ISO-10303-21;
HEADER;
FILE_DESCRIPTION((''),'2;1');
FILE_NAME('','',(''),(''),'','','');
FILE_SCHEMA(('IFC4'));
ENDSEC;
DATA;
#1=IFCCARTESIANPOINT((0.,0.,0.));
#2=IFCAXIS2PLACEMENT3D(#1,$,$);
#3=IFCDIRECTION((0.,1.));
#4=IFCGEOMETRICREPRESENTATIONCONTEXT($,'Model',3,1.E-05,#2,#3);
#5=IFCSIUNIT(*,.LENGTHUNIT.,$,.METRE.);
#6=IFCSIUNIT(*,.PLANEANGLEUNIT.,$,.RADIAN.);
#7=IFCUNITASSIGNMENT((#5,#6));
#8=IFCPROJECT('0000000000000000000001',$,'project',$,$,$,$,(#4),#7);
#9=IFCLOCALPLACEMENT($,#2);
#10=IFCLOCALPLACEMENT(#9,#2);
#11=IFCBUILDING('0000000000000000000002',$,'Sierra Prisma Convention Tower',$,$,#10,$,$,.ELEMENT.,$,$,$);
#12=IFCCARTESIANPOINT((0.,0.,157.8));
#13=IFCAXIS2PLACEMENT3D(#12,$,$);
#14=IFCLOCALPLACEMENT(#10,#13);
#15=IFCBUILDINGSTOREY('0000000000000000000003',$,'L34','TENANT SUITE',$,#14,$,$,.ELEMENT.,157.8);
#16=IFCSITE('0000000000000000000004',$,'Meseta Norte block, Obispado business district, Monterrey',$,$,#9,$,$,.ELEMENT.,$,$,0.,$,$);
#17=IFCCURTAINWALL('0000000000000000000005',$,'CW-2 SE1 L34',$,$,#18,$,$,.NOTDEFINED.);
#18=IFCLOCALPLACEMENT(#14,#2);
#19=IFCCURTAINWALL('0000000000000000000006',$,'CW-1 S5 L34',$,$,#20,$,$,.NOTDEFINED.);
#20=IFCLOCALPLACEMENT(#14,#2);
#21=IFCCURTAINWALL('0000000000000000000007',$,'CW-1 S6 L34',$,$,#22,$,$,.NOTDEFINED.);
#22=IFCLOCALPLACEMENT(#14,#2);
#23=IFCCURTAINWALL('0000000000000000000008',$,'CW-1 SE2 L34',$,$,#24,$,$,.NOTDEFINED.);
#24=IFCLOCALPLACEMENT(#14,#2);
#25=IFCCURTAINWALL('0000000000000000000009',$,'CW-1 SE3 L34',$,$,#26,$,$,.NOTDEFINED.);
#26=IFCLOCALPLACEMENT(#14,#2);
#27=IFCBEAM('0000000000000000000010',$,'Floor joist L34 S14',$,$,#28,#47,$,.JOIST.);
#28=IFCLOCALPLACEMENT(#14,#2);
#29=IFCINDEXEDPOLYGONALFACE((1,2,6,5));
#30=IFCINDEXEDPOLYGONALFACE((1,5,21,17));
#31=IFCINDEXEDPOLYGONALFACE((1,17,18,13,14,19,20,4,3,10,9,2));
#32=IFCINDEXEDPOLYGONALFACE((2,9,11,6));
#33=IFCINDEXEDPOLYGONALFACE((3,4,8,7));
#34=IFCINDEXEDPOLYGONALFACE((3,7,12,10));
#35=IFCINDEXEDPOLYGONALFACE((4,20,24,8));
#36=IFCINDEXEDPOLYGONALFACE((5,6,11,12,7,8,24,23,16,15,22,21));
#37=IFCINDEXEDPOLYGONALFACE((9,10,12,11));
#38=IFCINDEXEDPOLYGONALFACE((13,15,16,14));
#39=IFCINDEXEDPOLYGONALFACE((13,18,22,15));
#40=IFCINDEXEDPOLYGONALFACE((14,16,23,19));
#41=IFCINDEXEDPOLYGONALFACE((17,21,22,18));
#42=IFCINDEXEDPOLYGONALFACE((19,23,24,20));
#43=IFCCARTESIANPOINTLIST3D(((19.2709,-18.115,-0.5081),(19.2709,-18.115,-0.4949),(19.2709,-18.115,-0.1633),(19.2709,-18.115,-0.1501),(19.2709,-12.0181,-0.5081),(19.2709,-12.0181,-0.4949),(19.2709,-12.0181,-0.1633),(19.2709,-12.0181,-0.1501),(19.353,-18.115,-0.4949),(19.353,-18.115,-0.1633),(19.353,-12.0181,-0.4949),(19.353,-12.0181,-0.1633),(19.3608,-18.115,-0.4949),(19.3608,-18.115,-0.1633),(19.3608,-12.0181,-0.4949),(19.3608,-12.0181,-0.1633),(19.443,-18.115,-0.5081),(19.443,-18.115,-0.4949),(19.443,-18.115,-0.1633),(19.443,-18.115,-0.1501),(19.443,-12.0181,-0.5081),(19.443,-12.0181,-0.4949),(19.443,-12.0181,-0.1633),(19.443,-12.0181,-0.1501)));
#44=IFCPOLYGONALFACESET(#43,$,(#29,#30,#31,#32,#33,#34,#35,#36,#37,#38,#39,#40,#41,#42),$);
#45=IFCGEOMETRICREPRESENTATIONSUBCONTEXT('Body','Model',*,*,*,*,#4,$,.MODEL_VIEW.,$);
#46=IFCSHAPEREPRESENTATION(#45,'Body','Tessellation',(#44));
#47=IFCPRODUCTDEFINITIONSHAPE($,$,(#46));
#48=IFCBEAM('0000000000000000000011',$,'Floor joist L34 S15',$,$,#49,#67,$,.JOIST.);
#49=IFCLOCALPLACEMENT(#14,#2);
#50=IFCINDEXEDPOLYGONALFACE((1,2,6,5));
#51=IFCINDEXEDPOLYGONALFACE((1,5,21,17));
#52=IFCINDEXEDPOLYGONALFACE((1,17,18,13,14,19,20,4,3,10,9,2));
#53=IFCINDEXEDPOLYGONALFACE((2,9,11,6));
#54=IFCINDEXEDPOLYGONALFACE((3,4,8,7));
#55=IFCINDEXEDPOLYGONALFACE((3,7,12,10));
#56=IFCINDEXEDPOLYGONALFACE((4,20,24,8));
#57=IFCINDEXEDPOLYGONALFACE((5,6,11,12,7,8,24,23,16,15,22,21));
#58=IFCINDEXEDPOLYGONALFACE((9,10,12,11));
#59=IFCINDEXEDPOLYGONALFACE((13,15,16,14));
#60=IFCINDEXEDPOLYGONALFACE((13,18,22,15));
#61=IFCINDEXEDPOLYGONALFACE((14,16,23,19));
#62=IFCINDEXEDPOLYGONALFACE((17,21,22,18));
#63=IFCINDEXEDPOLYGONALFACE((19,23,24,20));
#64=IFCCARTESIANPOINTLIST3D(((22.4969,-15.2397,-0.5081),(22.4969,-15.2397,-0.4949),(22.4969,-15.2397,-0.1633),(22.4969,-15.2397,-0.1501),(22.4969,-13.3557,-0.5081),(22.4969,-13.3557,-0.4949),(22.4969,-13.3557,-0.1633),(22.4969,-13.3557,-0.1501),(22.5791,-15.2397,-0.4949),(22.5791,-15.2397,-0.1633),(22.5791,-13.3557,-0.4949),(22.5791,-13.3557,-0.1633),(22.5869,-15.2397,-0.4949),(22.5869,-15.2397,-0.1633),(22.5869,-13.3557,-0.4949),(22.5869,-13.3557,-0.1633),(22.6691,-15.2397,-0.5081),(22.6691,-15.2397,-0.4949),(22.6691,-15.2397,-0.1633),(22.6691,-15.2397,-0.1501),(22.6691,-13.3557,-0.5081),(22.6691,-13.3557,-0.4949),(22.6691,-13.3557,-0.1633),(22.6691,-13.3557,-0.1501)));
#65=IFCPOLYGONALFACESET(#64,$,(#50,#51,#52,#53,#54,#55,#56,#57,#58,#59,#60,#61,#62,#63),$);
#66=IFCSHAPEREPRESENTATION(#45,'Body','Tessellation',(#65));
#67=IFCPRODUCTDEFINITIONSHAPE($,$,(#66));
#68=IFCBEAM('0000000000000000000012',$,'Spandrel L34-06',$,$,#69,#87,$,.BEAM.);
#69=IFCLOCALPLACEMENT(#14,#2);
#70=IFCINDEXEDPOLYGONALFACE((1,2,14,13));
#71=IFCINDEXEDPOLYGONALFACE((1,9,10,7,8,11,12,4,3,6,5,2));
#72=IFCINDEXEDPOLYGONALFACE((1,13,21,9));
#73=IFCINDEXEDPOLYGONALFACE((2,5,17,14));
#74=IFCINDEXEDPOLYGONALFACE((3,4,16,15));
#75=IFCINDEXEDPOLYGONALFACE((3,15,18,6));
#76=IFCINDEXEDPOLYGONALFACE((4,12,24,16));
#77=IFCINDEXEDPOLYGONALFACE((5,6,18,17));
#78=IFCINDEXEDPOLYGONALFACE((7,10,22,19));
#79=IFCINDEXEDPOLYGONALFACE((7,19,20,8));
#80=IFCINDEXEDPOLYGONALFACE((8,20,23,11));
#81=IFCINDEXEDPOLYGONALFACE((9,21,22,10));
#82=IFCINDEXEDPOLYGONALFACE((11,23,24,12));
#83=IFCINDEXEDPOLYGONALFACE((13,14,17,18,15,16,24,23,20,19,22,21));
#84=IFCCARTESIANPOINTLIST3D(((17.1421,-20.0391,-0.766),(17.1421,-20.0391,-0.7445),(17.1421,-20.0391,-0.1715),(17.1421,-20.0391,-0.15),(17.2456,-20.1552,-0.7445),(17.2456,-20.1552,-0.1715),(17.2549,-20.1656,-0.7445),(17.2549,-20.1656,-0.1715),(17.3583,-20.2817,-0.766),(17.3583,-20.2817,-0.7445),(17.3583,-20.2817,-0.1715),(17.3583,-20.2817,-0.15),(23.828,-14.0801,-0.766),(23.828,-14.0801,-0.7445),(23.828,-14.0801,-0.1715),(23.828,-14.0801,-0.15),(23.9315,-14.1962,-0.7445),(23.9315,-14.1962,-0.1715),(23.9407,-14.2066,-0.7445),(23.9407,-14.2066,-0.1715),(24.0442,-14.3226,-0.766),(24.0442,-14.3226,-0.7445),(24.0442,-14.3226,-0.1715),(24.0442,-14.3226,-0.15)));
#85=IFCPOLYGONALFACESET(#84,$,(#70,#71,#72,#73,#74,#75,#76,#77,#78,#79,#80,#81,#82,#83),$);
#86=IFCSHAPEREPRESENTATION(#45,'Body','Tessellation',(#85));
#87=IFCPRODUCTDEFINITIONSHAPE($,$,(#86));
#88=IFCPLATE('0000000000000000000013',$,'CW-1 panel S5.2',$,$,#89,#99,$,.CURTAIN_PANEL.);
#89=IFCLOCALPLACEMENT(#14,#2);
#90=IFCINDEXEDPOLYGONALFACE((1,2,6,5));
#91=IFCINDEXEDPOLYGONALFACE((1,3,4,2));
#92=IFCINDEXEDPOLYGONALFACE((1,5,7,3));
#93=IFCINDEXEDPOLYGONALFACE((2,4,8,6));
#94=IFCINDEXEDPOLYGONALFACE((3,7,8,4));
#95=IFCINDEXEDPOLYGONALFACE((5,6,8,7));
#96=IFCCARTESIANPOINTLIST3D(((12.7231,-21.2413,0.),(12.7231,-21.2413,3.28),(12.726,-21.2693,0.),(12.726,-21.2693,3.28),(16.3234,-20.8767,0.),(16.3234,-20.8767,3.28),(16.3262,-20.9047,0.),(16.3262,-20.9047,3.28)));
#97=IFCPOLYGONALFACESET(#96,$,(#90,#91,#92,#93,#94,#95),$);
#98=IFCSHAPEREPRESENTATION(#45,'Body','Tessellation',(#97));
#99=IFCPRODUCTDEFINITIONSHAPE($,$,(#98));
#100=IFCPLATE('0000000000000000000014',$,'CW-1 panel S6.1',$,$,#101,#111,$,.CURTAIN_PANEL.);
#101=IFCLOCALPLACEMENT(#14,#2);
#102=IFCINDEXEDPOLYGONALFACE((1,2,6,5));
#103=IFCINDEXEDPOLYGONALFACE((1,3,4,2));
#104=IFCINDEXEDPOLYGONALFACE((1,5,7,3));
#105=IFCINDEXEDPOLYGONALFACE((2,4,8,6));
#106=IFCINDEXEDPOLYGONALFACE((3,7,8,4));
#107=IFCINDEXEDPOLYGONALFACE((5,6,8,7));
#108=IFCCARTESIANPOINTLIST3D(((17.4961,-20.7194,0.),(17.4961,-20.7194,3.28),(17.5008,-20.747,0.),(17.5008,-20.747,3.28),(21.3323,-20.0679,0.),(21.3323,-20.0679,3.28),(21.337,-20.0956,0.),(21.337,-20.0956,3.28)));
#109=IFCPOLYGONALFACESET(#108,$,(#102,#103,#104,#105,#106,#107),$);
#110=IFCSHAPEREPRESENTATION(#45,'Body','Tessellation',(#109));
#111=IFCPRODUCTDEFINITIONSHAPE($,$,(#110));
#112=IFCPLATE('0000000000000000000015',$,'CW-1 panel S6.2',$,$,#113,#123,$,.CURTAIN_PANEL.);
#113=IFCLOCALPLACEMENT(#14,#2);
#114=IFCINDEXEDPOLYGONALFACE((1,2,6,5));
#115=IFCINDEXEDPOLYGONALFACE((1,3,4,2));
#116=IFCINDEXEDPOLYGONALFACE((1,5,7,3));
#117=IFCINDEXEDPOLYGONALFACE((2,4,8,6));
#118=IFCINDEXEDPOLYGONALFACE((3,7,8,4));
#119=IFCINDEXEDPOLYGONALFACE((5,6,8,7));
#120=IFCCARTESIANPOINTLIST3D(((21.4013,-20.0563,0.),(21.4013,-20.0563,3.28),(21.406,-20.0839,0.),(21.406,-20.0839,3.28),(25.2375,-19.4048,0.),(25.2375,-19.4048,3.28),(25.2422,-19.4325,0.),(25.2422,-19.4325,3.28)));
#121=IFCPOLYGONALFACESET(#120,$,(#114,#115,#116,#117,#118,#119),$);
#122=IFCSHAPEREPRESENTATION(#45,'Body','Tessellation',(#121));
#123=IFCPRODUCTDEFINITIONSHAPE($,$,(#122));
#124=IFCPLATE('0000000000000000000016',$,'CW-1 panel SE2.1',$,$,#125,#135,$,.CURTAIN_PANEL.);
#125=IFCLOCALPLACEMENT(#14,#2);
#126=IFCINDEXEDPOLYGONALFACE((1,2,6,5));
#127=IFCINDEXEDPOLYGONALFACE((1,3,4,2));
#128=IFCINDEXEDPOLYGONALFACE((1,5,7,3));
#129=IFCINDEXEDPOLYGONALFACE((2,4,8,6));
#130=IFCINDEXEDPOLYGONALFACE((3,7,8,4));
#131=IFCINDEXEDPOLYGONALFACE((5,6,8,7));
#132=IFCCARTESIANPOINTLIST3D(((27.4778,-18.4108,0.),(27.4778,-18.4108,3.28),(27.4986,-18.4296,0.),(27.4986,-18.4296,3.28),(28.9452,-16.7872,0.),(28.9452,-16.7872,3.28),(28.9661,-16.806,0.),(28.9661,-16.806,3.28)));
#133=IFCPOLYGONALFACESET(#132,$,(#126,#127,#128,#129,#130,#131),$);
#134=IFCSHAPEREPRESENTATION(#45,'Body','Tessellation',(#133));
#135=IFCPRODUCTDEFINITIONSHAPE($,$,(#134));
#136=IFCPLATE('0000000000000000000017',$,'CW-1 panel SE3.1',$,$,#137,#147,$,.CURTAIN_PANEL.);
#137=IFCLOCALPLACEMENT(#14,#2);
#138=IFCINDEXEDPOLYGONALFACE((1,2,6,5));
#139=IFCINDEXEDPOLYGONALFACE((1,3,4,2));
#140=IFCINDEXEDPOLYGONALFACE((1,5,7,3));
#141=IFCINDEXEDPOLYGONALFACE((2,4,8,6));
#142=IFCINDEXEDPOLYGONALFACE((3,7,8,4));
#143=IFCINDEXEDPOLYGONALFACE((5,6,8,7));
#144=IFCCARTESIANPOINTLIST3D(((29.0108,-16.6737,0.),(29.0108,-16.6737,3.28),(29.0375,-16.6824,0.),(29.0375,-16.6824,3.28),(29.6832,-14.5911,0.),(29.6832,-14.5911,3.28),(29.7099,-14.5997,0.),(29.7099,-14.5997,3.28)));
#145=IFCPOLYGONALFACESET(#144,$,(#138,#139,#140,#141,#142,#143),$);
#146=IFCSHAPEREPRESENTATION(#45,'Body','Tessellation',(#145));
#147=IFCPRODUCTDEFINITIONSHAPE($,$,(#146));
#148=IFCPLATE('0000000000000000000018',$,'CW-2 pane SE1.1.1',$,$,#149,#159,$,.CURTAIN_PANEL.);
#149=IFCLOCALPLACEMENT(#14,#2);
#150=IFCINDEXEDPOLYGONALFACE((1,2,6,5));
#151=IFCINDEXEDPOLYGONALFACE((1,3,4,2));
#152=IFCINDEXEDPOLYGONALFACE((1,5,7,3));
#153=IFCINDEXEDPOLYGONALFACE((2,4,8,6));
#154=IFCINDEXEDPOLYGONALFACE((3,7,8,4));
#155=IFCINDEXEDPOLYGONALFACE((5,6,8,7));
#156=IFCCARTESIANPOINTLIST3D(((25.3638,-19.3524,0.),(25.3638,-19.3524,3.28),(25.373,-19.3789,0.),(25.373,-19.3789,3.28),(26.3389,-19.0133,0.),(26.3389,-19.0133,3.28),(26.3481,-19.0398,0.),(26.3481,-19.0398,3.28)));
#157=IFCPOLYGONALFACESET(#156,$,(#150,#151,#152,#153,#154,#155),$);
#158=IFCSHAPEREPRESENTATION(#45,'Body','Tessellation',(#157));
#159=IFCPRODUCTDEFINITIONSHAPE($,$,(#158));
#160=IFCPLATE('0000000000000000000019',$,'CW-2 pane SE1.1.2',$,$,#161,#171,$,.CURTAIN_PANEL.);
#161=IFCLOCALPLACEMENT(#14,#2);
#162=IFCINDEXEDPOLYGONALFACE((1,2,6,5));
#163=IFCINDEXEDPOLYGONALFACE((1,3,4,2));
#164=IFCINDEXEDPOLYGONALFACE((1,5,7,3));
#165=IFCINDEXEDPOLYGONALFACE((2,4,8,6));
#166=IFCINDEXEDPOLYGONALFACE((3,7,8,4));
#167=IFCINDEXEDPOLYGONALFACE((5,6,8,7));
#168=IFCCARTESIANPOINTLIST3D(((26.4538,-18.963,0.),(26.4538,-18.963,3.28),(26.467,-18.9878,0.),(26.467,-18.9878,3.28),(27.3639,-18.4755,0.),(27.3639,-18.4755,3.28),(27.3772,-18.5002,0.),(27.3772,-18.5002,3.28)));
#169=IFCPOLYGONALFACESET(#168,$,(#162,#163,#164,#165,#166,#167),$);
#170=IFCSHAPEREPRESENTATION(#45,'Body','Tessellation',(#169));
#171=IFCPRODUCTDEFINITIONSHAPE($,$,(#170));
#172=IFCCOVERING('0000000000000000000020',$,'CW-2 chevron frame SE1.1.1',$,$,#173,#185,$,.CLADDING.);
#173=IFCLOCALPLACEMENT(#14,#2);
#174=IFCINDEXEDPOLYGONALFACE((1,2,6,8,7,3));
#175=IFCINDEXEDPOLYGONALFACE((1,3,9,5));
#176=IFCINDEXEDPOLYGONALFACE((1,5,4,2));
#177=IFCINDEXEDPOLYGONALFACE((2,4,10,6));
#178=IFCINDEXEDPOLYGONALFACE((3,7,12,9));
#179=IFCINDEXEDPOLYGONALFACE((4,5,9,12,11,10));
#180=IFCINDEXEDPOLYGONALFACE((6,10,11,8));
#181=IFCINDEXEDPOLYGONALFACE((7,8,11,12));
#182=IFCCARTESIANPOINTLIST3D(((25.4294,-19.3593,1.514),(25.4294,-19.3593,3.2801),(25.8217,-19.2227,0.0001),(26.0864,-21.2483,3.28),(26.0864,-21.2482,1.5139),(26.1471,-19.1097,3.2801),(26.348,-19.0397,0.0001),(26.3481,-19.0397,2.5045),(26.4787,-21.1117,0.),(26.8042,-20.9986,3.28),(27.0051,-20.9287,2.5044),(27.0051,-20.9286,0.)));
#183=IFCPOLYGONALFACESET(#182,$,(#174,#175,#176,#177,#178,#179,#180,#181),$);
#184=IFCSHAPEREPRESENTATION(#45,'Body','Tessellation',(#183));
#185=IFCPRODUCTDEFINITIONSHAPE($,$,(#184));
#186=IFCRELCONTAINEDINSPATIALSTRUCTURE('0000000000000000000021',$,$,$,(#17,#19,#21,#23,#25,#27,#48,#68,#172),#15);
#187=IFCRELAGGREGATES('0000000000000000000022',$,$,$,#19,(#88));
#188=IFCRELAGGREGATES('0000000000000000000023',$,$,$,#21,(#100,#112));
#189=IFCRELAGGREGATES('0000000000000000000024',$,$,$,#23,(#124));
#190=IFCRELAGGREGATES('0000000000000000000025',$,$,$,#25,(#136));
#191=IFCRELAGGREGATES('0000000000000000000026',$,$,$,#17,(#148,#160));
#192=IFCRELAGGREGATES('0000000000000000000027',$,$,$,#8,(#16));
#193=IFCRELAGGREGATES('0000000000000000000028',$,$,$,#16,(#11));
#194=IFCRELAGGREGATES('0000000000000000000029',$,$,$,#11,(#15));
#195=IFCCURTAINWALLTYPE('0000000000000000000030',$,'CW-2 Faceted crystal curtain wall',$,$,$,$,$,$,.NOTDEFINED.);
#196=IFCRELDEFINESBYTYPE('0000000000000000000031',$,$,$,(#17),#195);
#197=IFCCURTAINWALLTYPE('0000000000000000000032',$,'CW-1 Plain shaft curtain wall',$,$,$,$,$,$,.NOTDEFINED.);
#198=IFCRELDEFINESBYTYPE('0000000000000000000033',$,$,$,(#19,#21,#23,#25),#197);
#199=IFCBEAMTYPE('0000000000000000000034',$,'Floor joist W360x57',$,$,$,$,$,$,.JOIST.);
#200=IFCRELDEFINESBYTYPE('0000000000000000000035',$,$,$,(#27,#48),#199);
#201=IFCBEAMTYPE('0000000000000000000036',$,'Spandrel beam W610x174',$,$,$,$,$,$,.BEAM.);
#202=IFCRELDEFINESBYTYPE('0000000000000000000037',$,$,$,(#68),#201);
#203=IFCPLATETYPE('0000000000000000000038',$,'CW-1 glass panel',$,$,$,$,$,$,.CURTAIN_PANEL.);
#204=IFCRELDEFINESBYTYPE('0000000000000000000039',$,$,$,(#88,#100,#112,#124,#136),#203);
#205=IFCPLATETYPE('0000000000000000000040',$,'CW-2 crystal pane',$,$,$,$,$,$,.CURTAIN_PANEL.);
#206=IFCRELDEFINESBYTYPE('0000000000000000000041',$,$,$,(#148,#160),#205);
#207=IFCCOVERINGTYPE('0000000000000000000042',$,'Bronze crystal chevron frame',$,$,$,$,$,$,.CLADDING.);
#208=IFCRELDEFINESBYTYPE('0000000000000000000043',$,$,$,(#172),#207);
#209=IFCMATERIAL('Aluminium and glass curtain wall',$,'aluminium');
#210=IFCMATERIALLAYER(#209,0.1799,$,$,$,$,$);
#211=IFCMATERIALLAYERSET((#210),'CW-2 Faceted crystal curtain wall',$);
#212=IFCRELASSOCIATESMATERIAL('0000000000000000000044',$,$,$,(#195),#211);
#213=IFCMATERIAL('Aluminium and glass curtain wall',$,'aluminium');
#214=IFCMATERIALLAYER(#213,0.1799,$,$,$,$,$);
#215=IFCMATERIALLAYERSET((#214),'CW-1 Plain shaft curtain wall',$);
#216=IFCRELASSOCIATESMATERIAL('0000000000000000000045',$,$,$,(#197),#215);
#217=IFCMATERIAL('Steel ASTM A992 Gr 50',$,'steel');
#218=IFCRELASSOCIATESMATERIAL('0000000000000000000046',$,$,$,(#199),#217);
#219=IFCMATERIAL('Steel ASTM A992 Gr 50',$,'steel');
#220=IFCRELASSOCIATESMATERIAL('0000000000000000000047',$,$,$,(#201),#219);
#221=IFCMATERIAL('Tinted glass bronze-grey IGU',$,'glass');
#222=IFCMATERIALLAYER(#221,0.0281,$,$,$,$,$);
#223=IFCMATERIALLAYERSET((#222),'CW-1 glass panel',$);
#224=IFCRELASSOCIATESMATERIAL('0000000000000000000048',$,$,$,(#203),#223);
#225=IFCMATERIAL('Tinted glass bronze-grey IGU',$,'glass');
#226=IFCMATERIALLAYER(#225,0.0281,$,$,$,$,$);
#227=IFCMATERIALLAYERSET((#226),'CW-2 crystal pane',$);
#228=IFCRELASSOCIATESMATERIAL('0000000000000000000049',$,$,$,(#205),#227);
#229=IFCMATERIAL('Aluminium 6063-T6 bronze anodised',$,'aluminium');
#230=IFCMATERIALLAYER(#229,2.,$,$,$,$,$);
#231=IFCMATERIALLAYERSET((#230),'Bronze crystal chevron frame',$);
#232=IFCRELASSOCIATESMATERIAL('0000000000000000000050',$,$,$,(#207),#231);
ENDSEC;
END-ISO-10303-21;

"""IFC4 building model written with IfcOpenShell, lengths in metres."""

from ifc_helpers import new_model, si_unit, direction, frame, origin, origin_2d, place, context, subcontext, project, spatial, polyline, rectangle, i_section, outline, extrude, material, layer, layer_set, material_profile, profile_set, type_object, element, aggregate, save


model = new_model("IFC4")

# Units and contexts
model_context = context("Model", 3, precision=1e-05, world=origin(), true_north=direction((0.0, 1.0)))
body_context = subcontext(model_context, "Body", "Model", "MODEL_VIEW")
ifc_project = project(units=[si_unit("LENGTHUNIT", "METRE"), si_unit("PLANEANGLEUNIT", "RADIAN")], contexts=[model_context])

# Site, building, storey
site_placement = place(None, origin())
site = spatial("IfcSite", under=ifc_project, at=site_placement, Name="Meseta Norte block, Obispado business district, Monterrey", CompositionType="ELEMENT", RefElevation=0.0)
building_placement = place(site_placement, origin())
building = spatial("IfcBuilding", under=site, at=building_placement, Name="Sierra Prisma Convention Tower", CompositionType="ELEMENT")
storey_placement = place(building_placement, frame((0.0, 0.0, 157.8)))
storey = spatial("IfcBuildingStorey", under=building, at=storey_placement, Name="L34", Description="TENANT SUITE", CompositionType="ELEMENT", Elevation=157.8)

# Curtain walls
ifc_material_1 = material(Name="Aluminium and glass curtain wall", Category="aluminium")
ifc_layer_1 = layer(ifc_material_1, 0.1799)
ifc_layer_set_1 = layer_set([ifc_layer_1], Name="CW-2 Faceted crystal curtain wall")
curtain_wall_type_1 = type_object("IfcCurtainWallType", Name="CW-2 Faceted crystal curtain wall", PredefinedType="NOTDEFINED", material=ifc_layer_set_1)
curtain_wall_1_placement = place(storey_placement, origin())
curtain_wall_1 = element("IfcCurtainWall", 1, at=curtain_wall_1_placement, inside=storey, type_object=curtain_wall_type_1, Name="CW-2 SE1 L34", PredefinedType="NOTDEFINED")
ifc_material_2 = material(Name="Aluminium and glass curtain wall", Category="aluminium")
ifc_layer_2 = layer(ifc_material_2, 0.1799)
ifc_layer_set_2 = layer_set([ifc_layer_2], Name="CW-1 Plain shaft curtain wall")
curtain_wall_type_2 = type_object("IfcCurtainWallType", Name="CW-1 Plain shaft curtain wall", PredefinedType="NOTDEFINED", material=ifc_layer_set_2)
curtain_wall_2_placement = place(storey_placement, origin())
curtain_wall_2 = element("IfcCurtainWall", 2, at=curtain_wall_2_placement, inside=storey, type_object=curtain_wall_type_2, Name="CW-1 S5 L34", PredefinedType="NOTDEFINED")
curtain_wall_3_placement = place(storey_placement, origin())
curtain_wall_3 = element("IfcCurtainWall", 3, at=curtain_wall_3_placement, inside=storey, type_object=curtain_wall_type_2, Name="CW-1 S6 L34", PredefinedType="NOTDEFINED")

# Curtain walls
curtain_wall_4_placement = place(storey_placement, origin())
curtain_wall_4 = element("IfcCurtainWall", 4, at=curtain_wall_4_placement, inside=storey, type_object=curtain_wall_type_2, Name="CW-1 SE2 L34", PredefinedType="NOTDEFINED")
curtain_wall_5_placement = place(storey_placement, origin())
curtain_wall_5 = element("IfcCurtainWall", 5, at=curtain_wall_5_placement, inside=storey, type_object=curtain_wall_type_2, Name="CW-1 SE3 L34", PredefinedType="NOTDEFINED")

# Beams
ifc_material_3 = material(Name="Steel ASTM A992 Gr 50", Category="steel")
ifc_material_profile_1 = material_profile(ifc_material_3, i_section(OverallWidth=0.1721, OverallDepth=0.3579, WebThickness=0.0078, FlangeThickness=0.0132, at=origin_2d()), Name="W360x57")
ifc_profile_set_1 = profile_set([ifc_material_profile_1], Name="Steel ASTM A992 Gr 50")
beam_type_1 = type_object("IfcBeamType", Name="Floor joist W360x57", PredefinedType="JOIST", material=ifc_profile_set_1)
beam_1_placement = place(storey_placement, frame((19.3569, -18.115, -0.3291), z_axis=(0.0, 1.0, 0.0), x_axis=(-1.0, 0.0, 0.0)))
element("IfcBeam", 6, at=beam_1_placement, inside=storey, type_object=beam_type_1, Name="Floor joist L34 S14", PredefinedType="JOIST", context=body_context, shape_type="SweptSolid", body=[
    extrude(i_section(OverallWidth=0.1721, OverallDepth=0.3579, WebThickness=0.0078, FlangeThickness=0.0132, at=origin_2d()), origin(), (0.0, 0.0, 1.0), 6.0969),
])
beam_2_placement = place(storey_placement, frame((22.583, -15.2397, -0.3291), z_axis=(0.0, 1.0, 0.0), x_axis=(-1.0, 0.0, 0.0)))
element("IfcBeam", 7, at=beam_2_placement, inside=storey, type_object=beam_type_1, Name="Floor joist L34 S15", PredefinedType="JOIST", context=body_context, shape_type="SweptSolid", body=[
    extrude(i_section(OverallWidth=0.1721, OverallDepth=0.3579, WebThickness=0.0078, FlangeThickness=0.0132, at=origin_2d()), origin(), (0.0, 0.0, 1.0), 1.884),
])
ifc_material_4 = material(Name="Steel ASTM A992 Gr 50", Category="steel")
ifc_material_profile_2 = material_profile(ifc_material_4, i_section(OverallWidth=0.325, OverallDepth=0.616, WebThickness=0.0139, FlangeThickness=0.0215, at=origin_2d()), Name="W610x174")
ifc_profile_set_2 = profile_set([ifc_material_profile_2], Name="Steel ASTM A992 Gr 50")
beam_type_2 = type_object("IfcBeamType", Name="Spandrel beam W610x174", PredefinedType="BEAM", material=ifc_profile_set_2)
beam_3_placement = place(storey_placement, frame((17.2502, -20.1604, -0.458), z_axis=(0.746518, 0.665365, 0.0), x_axis=(-0.665365, 0.746518, 0.0)))
element("IfcBeam", 8, at=beam_3_placement, inside=storey, type_object=beam_type_2, Name="Spandrel L34-06", PredefinedType="BEAM", context=body_context, shape_type="SweptSolid", body=[
    extrude(i_section(OverallWidth=0.325, OverallDepth=0.616, WebThickness=0.0139, FlangeThickness=0.0215, at=origin_2d()), origin(), (0.0, 0.0, 1.0), 8.9561),
])

# Plates
ifc_material_5 = material(Name="Tinted glass bronze-grey IGU", Category="glass")
ifc_layer_3 = layer(ifc_material_5, 0.0281)
ifc_layer_set_3 = layer_set([ifc_layer_3], Name="CW-1 glass panel")
plate_type_1 = type_object("IfcPlateType", Name="CW-1 glass panel", PredefinedType="CURTAIN_PANEL", material=ifc_layer_set_3)
plate_1_placement = place(storey_placement, frame((14.5247, -21.073, 0.0), z_axis=(0.0, 0.0, 1.0), x_axis=(0.994911, 0.100755, 0.0)))
plate_1 = element("IfcPlate", 9, at=plate_1_placement, type_object=plate_type_1, Name="CW-1 panel S5.2", PredefinedType="CURTAIN_PANEL", context=body_context, shape_type="SweptSolid", body=[
    extrude(rectangle(XDim=3.6187, YDim=0.0281, at=origin_2d()), origin(), (0.0, 0.0, 1.0), 3.28),
])
aggregate(curtain_wall_2, [plate_1])
plate_2_placement = place(storey_placement, frame((19.4165, -20.4075, 0.0), z_axis=(0.0, 0.0, 1.0), x_axis=(0.985886, 0.167418, 0.0)))
plate_2 = element("IfcPlate", 10, at=plate_2_placement, type_object=plate_type_1, Name="CW-1 panel S6.1", PredefinedType="CURTAIN_PANEL", context=body_context, shape_type="SweptSolid", body=[
    extrude(rectangle(XDim=3.8911, YDim=0.0281, at=origin_2d()), origin(), (0.0, 0.0, 1.0), 3.28),
])
plate_3_placement = place(storey_placement, frame((23.3218, -19.7444, 0.0), z_axis=(0.0, 0.0, 1.0), x_axis=(0.985886, 0.167418, 0.0)))
plate_3 = element("IfcPlate", 11, at=plate_3_placement, type_object=plate_type_1, Name="CW-1 panel S6.2", PredefinedType="CURTAIN_PANEL", context=body_context, shape_type="SweptSolid", body=[
    extrude(rectangle(XDim=3.8911, YDim=0.0281, at=origin_2d()), origin(), (0.0, 0.0, 1.0), 3.28),
])
aggregate(curtain_wall_3, [plate_2, plate_3])
plate_4_placement = place(storey_placement, frame((28.2219, -17.6084, 0.0), z_axis=(0.0, 0.0, 1.0), x_axis=(0.670539, 0.741874, 0.0)))
plate_4 = element("IfcPlate", 12, at=plate_4_placement, type_object=plate_type_1, Name="CW-1 panel SE2.1", PredefinedType="CURTAIN_PANEL", context=body_context, shape_type="SweptSolid", body=[
    extrude(rectangle(XDim=2.1885, YDim=0.0281, at=origin_2d()), origin(), (0.0, 0.0, 1.0), 3.28),
])
aggregate(curtain_wall_4, [plate_4])
plate_5_placement = place(storey_placement, frame((29.3604, -15.6367, 0.0), z_axis=(0.0, 0.0, 1.0), x_axis=(0.307213, 0.951641, 0.0)))
plate_5 = element("IfcPlate", 13, at=plate_5_placement, type_object=plate_type_1, Name="CW-1 panel SE3.1", PredefinedType="CURTAIN_PANEL", context=body_context, shape_type="SweptSolid", body=[
    extrude(rectangle(XDim=2.1885, YDim=0.0281, at=origin_2d()), origin(), (0.0, 0.0, 1.0), 3.28),
])
aggregate(curtain_wall_5, [plate_5])
ifc_material_6 = material(Name="Tinted glass bronze-grey IGU", Category="glass")
ifc_layer_4 = layer(ifc_material_6, 0.0281)
ifc_layer_set_4 = layer_set([ifc_layer_4], Name="CW-2 crystal pane")
plate_type_2 = type_object("IfcPlateType", Name="CW-2 crystal pane", PredefinedType="CURTAIN_PANEL", material=ifc_layer_set_4)
plate_6_placement = place(storey_placement, frame((25.373, -19.3789, 0.0), z_axis=(0.328475, -0.944513, 0.0), x_axis=(0.944513, 0.328475, 0.0)))
plate_6 = element("IfcPlate", 14, at=plate_6_placement, type_object=plate_type_2, Name="CW-2 pane SE1.1.1", PredefinedType="CURTAIN_PANEL", context=body_context, shape_type="SweptSolid", body=[
    extrude(outline(polyline([(0.0, 0.0), (1.0324, 0.0), (1.0324, 3.28), (0.0, 3.28), (0.0, 0.0)])), origin(), (0.0, 0.0, -1.0), 0.0281),
])
plate_7_placement = place(storey_placement, frame((27.3772, -18.5002, 0.0), z_axis=(0.472195, -0.881494, 0.0), x_axis=(-0.881494, -0.472195, 0.0)))
plate_7 = element("IfcPlate", 15, at=plate_7_placement, type_object=plate_type_2, Name="CW-2 pane SE1.1.2", PredefinedType="CURTAIN_PANEL", context=body_context, shape_type="SweptSolid", body=[
    extrude(outline(polyline([(0.0, 0.0), (1.0325, 0.0), (1.0325, -3.28), (0.0, -3.28), (0.0, 0.0)])), origin(), (0.0, 0.0, -1.0), 0.0281),
])
aggregate(curtain_wall_1, [plate_6, plate_7])

# Covering
ifc_material_7 = material(Name="Aluminium 6063-T6 bronze anodised", Category="aluminium")
ifc_layer_5 = layer(ifc_material_7, 2.0)
ifc_layer_set_5 = layer_set([ifc_layer_5], Name="Bronze crystal chevron frame")
covering_type = type_object("IfcCoveringType", Name="Bronze crystal chevron frame", PredefinedType="CLADDING", material=ifc_layer_set_5)
covering_1_placement = place(storey_placement, frame((26.0864, -21.2483, 3.28), z_axis=(0.328529, -0.944494, -0.000028), x_axis=(-0.000009, 0.000026, -1.0)))
element("IfcCovering", 16, at=covering_1_placement, inside=storey, type_object=covering_type, Name="CW-2 chevron frame SE1.1.1", PredefinedType="CLADDING", context=body_context, shape_type="SweptSolid", body=[
    extrude(outline(polyline([(0.0, 0.0), (1.7661, 0.0), (3.28, 0.4154), (3.28, 0.9727), (0.7756, 0.9727), (0.0, 0.7599), (0.0, 0.0)])), origin(), (0.0, 0.0, -1.0), 2.0),
])

save(model, "model.ifc")
